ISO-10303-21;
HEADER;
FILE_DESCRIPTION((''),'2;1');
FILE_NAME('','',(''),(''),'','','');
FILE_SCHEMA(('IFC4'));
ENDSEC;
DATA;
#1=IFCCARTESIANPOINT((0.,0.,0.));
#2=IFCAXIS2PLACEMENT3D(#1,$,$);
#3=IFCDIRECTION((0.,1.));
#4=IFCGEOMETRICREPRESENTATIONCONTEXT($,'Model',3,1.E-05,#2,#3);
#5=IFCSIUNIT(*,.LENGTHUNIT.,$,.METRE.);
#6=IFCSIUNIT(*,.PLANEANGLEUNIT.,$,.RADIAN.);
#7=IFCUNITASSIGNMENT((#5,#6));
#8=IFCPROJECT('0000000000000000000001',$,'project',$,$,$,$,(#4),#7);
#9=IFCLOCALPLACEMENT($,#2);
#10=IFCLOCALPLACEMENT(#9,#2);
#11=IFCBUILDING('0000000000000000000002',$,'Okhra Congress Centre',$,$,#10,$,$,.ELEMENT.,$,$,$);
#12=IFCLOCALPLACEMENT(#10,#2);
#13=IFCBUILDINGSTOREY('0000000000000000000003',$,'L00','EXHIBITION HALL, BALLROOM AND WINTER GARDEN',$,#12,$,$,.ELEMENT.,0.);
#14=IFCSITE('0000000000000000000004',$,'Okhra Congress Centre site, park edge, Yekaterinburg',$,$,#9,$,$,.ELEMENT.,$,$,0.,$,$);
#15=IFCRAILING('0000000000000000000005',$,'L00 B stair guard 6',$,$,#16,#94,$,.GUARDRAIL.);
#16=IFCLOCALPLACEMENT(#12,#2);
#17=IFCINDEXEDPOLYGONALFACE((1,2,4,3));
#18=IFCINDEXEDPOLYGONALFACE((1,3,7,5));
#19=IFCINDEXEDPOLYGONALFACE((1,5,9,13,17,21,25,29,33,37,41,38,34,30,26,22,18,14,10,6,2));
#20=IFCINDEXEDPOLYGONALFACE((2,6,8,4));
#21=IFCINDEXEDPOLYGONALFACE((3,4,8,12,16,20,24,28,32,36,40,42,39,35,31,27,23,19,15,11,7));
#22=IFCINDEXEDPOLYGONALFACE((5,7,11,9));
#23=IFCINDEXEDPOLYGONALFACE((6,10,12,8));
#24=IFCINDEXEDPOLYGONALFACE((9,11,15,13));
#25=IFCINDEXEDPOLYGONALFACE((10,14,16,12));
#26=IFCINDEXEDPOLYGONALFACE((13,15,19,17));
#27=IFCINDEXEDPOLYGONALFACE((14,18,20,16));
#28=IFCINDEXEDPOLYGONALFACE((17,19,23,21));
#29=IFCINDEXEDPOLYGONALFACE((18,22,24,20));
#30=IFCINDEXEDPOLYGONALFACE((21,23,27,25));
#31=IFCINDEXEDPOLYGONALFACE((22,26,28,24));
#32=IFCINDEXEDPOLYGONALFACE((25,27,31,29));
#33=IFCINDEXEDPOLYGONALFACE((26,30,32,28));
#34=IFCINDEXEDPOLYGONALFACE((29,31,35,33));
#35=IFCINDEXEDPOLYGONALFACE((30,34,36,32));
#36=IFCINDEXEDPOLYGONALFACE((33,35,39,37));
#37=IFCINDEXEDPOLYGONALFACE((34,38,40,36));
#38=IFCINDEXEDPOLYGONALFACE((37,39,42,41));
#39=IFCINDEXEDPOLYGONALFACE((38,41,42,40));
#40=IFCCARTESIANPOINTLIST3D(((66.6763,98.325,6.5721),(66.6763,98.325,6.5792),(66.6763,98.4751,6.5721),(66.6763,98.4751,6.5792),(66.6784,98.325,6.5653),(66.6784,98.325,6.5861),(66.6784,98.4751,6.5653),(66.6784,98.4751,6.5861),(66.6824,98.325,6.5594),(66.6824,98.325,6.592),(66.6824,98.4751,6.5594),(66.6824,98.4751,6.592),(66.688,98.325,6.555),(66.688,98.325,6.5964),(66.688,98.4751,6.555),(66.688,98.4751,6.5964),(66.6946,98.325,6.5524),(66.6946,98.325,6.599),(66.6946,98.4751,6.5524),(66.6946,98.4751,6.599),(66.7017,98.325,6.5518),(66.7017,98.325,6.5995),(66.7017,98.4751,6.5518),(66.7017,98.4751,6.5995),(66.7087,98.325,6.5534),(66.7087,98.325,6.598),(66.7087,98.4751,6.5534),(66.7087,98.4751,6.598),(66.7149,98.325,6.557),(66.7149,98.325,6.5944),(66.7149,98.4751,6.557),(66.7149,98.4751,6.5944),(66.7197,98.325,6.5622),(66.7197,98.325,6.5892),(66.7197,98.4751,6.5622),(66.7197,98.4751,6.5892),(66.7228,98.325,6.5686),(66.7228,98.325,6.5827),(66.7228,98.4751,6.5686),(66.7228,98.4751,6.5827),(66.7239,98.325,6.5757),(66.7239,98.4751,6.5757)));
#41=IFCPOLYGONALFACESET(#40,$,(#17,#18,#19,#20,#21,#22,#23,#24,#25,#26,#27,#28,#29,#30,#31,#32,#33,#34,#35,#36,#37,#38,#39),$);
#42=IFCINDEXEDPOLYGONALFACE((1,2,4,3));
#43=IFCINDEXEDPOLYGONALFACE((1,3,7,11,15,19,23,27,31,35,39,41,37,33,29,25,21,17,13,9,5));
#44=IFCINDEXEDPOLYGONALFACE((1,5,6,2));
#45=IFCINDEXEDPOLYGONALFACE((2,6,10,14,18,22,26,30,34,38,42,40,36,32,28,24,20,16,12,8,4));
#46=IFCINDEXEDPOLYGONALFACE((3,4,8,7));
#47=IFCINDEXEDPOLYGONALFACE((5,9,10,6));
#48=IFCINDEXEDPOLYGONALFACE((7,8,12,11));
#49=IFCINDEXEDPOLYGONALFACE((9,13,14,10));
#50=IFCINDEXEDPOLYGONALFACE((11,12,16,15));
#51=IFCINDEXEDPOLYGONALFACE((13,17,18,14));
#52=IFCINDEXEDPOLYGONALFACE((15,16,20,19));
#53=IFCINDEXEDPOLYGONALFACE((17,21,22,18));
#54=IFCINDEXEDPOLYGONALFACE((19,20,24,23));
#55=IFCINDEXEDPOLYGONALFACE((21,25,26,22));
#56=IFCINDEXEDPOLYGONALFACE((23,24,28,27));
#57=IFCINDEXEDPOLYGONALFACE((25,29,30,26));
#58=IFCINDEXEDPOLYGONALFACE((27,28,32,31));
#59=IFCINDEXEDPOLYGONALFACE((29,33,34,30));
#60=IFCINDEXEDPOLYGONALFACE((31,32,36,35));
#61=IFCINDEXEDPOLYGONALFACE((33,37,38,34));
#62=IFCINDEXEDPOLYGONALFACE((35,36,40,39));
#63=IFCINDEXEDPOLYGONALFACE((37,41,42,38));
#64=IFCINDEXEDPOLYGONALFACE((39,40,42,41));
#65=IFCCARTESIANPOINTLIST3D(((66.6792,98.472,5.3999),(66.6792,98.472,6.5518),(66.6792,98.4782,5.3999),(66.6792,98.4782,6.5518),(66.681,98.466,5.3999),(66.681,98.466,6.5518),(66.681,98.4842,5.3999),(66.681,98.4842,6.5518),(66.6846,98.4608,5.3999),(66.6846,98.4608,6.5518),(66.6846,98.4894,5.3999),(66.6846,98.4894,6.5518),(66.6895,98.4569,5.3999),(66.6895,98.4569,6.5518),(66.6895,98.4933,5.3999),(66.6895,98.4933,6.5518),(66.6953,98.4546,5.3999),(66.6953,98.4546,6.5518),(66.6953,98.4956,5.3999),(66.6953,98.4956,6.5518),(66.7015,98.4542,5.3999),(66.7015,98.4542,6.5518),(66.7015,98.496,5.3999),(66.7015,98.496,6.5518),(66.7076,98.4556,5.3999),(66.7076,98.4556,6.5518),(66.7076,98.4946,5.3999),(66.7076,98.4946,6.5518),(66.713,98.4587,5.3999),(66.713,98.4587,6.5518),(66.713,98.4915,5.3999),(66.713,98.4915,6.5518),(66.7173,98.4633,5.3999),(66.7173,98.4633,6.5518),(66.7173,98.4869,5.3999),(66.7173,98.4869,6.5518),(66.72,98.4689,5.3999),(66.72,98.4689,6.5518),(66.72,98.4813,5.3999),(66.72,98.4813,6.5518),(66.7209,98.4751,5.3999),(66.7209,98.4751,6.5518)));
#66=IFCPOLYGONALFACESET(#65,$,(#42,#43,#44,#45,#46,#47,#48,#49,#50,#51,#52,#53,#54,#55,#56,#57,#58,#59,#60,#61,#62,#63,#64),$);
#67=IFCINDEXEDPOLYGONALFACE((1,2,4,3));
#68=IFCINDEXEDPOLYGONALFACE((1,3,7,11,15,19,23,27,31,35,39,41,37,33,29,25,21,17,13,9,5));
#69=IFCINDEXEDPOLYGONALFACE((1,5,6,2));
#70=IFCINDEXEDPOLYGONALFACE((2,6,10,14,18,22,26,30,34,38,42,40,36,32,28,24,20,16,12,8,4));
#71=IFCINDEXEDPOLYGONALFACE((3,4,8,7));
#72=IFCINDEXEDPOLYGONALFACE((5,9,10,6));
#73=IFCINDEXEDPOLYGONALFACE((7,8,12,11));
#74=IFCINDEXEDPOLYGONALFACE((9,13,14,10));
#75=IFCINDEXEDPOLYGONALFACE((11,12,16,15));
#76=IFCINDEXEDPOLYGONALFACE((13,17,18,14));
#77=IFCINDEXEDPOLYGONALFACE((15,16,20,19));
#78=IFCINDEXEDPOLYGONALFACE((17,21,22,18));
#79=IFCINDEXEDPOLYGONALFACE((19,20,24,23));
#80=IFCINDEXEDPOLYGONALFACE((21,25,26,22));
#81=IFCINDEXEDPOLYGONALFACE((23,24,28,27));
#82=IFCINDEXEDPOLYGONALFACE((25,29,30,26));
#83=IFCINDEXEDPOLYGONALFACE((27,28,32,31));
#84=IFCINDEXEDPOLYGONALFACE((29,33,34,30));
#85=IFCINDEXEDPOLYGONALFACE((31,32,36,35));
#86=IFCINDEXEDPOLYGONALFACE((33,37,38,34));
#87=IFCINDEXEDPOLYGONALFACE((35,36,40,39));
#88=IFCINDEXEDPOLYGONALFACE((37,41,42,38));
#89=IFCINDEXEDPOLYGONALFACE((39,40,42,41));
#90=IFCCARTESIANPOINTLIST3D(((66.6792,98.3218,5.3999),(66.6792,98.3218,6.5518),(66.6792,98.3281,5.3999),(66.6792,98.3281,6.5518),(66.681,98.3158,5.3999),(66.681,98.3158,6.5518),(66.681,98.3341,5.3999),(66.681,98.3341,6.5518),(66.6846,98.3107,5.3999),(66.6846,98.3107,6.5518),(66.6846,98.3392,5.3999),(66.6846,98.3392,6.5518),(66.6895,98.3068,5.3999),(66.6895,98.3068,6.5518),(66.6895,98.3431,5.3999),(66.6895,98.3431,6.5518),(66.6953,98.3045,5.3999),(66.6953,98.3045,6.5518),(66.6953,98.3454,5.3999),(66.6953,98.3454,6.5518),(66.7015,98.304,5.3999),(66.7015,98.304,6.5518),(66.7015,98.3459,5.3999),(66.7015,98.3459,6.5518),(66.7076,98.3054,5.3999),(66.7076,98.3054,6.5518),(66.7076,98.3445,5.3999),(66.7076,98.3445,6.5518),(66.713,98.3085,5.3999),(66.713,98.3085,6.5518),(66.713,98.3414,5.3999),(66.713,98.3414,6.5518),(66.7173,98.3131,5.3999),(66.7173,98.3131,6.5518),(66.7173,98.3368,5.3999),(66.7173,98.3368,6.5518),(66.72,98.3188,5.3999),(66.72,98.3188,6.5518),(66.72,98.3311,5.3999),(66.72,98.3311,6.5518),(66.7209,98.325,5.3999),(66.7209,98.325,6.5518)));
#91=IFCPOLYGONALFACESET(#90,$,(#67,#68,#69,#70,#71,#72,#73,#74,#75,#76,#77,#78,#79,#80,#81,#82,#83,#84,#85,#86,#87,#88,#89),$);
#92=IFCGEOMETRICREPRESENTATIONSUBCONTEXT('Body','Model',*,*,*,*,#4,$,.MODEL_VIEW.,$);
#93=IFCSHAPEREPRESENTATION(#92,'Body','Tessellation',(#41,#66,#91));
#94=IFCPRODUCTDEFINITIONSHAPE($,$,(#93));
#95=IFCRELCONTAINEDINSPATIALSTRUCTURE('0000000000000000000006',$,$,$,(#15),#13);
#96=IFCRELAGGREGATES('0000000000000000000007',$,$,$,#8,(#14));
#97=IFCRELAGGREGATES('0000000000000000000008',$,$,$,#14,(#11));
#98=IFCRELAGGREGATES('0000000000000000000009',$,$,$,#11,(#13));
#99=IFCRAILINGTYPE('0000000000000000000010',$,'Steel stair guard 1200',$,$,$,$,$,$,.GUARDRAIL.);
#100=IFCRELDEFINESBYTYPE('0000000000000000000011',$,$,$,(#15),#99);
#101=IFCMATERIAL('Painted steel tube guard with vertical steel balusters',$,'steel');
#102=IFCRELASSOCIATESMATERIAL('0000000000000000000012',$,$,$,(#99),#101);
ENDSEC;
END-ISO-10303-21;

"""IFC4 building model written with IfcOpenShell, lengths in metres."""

from ifc_helpers import new_model, si_unit, direction, frame, origin, origin_2d, place, context, subcontext, project, spatial, circle, extrude, material, type_object, element, save


model = new_model("IFC4")

# Units and contexts
model_context = context("Model", 3, precision=1e-05, world=origin(), true_north=direction((0.0, 1.0)))
body_context = subcontext(model_context, "Body", "Model", "MODEL_VIEW")
ifc_project = project(units=[si_unit("LENGTHUNIT", "METRE"), si_unit("PLANEANGLEUNIT", "RADIAN")], contexts=[model_context])

# Site, building, storey
site_placement = place(None, origin())
site = spatial("IfcSite", under=ifc_project, at=site_placement, Name="Okhra Congress Centre site, park edge, Yekaterinburg", CompositionType="ELEMENT", RefElevation=0.0)
building_placement = place(site_placement, origin())
building = spatial("IfcBuilding", under=site, at=building_placement, Name="Okhra Congress Centre", CompositionType="ELEMENT")
storey_placement = place(building_placement, origin())
storey = spatial("IfcBuildingStorey", under=building, at=storey_placement, Name="L00", Description="EXHIBITION HALL, BALLROOM AND WINTER GARDEN", CompositionType="ELEMENT", Elevation=0.0)

# Railing
ifc_material_1 = material(Name="Painted steel tube guard with vertical steel balusters", Category="steel")
railing_type_1 = type_object("IfcRailingType", Name="Steel stair guard 1200", PredefinedType="GUARDRAIL", material=ifc_material_1)
railing_1_placement = place(storey_placement, frame((66.7, 98.4751, 5.3999)))
element("IfcRailing", 1, at=railing_1_placement, inside=storey, type_object=railing_type_1, Name="L00 B stair guard 6", PredefinedType="GUARDRAIL", context=body_context, shape_type="SweptSolid", body=[
    extrude(circle(Radius=0.0239, at=origin_2d()), frame((0.0, 0.0, 1.1758), z_axis=(0.0, -1.0, 0.0), x_axis=(1.0, 0.0, 0.0)), (0.0, 0.0, 1.0), 0.1501),
    extrude(circle(Radius=0.021, at=origin_2d()), origin(), (0.0, 0.0, 1.0), 1.1519),
    extrude(circle(Radius=0.021, at=origin_2d()), frame((0.0, -0.1501, 0.0)), (0.0, 0.0, 1.0), 1.1519),
])

save(model, "model.ifc")
